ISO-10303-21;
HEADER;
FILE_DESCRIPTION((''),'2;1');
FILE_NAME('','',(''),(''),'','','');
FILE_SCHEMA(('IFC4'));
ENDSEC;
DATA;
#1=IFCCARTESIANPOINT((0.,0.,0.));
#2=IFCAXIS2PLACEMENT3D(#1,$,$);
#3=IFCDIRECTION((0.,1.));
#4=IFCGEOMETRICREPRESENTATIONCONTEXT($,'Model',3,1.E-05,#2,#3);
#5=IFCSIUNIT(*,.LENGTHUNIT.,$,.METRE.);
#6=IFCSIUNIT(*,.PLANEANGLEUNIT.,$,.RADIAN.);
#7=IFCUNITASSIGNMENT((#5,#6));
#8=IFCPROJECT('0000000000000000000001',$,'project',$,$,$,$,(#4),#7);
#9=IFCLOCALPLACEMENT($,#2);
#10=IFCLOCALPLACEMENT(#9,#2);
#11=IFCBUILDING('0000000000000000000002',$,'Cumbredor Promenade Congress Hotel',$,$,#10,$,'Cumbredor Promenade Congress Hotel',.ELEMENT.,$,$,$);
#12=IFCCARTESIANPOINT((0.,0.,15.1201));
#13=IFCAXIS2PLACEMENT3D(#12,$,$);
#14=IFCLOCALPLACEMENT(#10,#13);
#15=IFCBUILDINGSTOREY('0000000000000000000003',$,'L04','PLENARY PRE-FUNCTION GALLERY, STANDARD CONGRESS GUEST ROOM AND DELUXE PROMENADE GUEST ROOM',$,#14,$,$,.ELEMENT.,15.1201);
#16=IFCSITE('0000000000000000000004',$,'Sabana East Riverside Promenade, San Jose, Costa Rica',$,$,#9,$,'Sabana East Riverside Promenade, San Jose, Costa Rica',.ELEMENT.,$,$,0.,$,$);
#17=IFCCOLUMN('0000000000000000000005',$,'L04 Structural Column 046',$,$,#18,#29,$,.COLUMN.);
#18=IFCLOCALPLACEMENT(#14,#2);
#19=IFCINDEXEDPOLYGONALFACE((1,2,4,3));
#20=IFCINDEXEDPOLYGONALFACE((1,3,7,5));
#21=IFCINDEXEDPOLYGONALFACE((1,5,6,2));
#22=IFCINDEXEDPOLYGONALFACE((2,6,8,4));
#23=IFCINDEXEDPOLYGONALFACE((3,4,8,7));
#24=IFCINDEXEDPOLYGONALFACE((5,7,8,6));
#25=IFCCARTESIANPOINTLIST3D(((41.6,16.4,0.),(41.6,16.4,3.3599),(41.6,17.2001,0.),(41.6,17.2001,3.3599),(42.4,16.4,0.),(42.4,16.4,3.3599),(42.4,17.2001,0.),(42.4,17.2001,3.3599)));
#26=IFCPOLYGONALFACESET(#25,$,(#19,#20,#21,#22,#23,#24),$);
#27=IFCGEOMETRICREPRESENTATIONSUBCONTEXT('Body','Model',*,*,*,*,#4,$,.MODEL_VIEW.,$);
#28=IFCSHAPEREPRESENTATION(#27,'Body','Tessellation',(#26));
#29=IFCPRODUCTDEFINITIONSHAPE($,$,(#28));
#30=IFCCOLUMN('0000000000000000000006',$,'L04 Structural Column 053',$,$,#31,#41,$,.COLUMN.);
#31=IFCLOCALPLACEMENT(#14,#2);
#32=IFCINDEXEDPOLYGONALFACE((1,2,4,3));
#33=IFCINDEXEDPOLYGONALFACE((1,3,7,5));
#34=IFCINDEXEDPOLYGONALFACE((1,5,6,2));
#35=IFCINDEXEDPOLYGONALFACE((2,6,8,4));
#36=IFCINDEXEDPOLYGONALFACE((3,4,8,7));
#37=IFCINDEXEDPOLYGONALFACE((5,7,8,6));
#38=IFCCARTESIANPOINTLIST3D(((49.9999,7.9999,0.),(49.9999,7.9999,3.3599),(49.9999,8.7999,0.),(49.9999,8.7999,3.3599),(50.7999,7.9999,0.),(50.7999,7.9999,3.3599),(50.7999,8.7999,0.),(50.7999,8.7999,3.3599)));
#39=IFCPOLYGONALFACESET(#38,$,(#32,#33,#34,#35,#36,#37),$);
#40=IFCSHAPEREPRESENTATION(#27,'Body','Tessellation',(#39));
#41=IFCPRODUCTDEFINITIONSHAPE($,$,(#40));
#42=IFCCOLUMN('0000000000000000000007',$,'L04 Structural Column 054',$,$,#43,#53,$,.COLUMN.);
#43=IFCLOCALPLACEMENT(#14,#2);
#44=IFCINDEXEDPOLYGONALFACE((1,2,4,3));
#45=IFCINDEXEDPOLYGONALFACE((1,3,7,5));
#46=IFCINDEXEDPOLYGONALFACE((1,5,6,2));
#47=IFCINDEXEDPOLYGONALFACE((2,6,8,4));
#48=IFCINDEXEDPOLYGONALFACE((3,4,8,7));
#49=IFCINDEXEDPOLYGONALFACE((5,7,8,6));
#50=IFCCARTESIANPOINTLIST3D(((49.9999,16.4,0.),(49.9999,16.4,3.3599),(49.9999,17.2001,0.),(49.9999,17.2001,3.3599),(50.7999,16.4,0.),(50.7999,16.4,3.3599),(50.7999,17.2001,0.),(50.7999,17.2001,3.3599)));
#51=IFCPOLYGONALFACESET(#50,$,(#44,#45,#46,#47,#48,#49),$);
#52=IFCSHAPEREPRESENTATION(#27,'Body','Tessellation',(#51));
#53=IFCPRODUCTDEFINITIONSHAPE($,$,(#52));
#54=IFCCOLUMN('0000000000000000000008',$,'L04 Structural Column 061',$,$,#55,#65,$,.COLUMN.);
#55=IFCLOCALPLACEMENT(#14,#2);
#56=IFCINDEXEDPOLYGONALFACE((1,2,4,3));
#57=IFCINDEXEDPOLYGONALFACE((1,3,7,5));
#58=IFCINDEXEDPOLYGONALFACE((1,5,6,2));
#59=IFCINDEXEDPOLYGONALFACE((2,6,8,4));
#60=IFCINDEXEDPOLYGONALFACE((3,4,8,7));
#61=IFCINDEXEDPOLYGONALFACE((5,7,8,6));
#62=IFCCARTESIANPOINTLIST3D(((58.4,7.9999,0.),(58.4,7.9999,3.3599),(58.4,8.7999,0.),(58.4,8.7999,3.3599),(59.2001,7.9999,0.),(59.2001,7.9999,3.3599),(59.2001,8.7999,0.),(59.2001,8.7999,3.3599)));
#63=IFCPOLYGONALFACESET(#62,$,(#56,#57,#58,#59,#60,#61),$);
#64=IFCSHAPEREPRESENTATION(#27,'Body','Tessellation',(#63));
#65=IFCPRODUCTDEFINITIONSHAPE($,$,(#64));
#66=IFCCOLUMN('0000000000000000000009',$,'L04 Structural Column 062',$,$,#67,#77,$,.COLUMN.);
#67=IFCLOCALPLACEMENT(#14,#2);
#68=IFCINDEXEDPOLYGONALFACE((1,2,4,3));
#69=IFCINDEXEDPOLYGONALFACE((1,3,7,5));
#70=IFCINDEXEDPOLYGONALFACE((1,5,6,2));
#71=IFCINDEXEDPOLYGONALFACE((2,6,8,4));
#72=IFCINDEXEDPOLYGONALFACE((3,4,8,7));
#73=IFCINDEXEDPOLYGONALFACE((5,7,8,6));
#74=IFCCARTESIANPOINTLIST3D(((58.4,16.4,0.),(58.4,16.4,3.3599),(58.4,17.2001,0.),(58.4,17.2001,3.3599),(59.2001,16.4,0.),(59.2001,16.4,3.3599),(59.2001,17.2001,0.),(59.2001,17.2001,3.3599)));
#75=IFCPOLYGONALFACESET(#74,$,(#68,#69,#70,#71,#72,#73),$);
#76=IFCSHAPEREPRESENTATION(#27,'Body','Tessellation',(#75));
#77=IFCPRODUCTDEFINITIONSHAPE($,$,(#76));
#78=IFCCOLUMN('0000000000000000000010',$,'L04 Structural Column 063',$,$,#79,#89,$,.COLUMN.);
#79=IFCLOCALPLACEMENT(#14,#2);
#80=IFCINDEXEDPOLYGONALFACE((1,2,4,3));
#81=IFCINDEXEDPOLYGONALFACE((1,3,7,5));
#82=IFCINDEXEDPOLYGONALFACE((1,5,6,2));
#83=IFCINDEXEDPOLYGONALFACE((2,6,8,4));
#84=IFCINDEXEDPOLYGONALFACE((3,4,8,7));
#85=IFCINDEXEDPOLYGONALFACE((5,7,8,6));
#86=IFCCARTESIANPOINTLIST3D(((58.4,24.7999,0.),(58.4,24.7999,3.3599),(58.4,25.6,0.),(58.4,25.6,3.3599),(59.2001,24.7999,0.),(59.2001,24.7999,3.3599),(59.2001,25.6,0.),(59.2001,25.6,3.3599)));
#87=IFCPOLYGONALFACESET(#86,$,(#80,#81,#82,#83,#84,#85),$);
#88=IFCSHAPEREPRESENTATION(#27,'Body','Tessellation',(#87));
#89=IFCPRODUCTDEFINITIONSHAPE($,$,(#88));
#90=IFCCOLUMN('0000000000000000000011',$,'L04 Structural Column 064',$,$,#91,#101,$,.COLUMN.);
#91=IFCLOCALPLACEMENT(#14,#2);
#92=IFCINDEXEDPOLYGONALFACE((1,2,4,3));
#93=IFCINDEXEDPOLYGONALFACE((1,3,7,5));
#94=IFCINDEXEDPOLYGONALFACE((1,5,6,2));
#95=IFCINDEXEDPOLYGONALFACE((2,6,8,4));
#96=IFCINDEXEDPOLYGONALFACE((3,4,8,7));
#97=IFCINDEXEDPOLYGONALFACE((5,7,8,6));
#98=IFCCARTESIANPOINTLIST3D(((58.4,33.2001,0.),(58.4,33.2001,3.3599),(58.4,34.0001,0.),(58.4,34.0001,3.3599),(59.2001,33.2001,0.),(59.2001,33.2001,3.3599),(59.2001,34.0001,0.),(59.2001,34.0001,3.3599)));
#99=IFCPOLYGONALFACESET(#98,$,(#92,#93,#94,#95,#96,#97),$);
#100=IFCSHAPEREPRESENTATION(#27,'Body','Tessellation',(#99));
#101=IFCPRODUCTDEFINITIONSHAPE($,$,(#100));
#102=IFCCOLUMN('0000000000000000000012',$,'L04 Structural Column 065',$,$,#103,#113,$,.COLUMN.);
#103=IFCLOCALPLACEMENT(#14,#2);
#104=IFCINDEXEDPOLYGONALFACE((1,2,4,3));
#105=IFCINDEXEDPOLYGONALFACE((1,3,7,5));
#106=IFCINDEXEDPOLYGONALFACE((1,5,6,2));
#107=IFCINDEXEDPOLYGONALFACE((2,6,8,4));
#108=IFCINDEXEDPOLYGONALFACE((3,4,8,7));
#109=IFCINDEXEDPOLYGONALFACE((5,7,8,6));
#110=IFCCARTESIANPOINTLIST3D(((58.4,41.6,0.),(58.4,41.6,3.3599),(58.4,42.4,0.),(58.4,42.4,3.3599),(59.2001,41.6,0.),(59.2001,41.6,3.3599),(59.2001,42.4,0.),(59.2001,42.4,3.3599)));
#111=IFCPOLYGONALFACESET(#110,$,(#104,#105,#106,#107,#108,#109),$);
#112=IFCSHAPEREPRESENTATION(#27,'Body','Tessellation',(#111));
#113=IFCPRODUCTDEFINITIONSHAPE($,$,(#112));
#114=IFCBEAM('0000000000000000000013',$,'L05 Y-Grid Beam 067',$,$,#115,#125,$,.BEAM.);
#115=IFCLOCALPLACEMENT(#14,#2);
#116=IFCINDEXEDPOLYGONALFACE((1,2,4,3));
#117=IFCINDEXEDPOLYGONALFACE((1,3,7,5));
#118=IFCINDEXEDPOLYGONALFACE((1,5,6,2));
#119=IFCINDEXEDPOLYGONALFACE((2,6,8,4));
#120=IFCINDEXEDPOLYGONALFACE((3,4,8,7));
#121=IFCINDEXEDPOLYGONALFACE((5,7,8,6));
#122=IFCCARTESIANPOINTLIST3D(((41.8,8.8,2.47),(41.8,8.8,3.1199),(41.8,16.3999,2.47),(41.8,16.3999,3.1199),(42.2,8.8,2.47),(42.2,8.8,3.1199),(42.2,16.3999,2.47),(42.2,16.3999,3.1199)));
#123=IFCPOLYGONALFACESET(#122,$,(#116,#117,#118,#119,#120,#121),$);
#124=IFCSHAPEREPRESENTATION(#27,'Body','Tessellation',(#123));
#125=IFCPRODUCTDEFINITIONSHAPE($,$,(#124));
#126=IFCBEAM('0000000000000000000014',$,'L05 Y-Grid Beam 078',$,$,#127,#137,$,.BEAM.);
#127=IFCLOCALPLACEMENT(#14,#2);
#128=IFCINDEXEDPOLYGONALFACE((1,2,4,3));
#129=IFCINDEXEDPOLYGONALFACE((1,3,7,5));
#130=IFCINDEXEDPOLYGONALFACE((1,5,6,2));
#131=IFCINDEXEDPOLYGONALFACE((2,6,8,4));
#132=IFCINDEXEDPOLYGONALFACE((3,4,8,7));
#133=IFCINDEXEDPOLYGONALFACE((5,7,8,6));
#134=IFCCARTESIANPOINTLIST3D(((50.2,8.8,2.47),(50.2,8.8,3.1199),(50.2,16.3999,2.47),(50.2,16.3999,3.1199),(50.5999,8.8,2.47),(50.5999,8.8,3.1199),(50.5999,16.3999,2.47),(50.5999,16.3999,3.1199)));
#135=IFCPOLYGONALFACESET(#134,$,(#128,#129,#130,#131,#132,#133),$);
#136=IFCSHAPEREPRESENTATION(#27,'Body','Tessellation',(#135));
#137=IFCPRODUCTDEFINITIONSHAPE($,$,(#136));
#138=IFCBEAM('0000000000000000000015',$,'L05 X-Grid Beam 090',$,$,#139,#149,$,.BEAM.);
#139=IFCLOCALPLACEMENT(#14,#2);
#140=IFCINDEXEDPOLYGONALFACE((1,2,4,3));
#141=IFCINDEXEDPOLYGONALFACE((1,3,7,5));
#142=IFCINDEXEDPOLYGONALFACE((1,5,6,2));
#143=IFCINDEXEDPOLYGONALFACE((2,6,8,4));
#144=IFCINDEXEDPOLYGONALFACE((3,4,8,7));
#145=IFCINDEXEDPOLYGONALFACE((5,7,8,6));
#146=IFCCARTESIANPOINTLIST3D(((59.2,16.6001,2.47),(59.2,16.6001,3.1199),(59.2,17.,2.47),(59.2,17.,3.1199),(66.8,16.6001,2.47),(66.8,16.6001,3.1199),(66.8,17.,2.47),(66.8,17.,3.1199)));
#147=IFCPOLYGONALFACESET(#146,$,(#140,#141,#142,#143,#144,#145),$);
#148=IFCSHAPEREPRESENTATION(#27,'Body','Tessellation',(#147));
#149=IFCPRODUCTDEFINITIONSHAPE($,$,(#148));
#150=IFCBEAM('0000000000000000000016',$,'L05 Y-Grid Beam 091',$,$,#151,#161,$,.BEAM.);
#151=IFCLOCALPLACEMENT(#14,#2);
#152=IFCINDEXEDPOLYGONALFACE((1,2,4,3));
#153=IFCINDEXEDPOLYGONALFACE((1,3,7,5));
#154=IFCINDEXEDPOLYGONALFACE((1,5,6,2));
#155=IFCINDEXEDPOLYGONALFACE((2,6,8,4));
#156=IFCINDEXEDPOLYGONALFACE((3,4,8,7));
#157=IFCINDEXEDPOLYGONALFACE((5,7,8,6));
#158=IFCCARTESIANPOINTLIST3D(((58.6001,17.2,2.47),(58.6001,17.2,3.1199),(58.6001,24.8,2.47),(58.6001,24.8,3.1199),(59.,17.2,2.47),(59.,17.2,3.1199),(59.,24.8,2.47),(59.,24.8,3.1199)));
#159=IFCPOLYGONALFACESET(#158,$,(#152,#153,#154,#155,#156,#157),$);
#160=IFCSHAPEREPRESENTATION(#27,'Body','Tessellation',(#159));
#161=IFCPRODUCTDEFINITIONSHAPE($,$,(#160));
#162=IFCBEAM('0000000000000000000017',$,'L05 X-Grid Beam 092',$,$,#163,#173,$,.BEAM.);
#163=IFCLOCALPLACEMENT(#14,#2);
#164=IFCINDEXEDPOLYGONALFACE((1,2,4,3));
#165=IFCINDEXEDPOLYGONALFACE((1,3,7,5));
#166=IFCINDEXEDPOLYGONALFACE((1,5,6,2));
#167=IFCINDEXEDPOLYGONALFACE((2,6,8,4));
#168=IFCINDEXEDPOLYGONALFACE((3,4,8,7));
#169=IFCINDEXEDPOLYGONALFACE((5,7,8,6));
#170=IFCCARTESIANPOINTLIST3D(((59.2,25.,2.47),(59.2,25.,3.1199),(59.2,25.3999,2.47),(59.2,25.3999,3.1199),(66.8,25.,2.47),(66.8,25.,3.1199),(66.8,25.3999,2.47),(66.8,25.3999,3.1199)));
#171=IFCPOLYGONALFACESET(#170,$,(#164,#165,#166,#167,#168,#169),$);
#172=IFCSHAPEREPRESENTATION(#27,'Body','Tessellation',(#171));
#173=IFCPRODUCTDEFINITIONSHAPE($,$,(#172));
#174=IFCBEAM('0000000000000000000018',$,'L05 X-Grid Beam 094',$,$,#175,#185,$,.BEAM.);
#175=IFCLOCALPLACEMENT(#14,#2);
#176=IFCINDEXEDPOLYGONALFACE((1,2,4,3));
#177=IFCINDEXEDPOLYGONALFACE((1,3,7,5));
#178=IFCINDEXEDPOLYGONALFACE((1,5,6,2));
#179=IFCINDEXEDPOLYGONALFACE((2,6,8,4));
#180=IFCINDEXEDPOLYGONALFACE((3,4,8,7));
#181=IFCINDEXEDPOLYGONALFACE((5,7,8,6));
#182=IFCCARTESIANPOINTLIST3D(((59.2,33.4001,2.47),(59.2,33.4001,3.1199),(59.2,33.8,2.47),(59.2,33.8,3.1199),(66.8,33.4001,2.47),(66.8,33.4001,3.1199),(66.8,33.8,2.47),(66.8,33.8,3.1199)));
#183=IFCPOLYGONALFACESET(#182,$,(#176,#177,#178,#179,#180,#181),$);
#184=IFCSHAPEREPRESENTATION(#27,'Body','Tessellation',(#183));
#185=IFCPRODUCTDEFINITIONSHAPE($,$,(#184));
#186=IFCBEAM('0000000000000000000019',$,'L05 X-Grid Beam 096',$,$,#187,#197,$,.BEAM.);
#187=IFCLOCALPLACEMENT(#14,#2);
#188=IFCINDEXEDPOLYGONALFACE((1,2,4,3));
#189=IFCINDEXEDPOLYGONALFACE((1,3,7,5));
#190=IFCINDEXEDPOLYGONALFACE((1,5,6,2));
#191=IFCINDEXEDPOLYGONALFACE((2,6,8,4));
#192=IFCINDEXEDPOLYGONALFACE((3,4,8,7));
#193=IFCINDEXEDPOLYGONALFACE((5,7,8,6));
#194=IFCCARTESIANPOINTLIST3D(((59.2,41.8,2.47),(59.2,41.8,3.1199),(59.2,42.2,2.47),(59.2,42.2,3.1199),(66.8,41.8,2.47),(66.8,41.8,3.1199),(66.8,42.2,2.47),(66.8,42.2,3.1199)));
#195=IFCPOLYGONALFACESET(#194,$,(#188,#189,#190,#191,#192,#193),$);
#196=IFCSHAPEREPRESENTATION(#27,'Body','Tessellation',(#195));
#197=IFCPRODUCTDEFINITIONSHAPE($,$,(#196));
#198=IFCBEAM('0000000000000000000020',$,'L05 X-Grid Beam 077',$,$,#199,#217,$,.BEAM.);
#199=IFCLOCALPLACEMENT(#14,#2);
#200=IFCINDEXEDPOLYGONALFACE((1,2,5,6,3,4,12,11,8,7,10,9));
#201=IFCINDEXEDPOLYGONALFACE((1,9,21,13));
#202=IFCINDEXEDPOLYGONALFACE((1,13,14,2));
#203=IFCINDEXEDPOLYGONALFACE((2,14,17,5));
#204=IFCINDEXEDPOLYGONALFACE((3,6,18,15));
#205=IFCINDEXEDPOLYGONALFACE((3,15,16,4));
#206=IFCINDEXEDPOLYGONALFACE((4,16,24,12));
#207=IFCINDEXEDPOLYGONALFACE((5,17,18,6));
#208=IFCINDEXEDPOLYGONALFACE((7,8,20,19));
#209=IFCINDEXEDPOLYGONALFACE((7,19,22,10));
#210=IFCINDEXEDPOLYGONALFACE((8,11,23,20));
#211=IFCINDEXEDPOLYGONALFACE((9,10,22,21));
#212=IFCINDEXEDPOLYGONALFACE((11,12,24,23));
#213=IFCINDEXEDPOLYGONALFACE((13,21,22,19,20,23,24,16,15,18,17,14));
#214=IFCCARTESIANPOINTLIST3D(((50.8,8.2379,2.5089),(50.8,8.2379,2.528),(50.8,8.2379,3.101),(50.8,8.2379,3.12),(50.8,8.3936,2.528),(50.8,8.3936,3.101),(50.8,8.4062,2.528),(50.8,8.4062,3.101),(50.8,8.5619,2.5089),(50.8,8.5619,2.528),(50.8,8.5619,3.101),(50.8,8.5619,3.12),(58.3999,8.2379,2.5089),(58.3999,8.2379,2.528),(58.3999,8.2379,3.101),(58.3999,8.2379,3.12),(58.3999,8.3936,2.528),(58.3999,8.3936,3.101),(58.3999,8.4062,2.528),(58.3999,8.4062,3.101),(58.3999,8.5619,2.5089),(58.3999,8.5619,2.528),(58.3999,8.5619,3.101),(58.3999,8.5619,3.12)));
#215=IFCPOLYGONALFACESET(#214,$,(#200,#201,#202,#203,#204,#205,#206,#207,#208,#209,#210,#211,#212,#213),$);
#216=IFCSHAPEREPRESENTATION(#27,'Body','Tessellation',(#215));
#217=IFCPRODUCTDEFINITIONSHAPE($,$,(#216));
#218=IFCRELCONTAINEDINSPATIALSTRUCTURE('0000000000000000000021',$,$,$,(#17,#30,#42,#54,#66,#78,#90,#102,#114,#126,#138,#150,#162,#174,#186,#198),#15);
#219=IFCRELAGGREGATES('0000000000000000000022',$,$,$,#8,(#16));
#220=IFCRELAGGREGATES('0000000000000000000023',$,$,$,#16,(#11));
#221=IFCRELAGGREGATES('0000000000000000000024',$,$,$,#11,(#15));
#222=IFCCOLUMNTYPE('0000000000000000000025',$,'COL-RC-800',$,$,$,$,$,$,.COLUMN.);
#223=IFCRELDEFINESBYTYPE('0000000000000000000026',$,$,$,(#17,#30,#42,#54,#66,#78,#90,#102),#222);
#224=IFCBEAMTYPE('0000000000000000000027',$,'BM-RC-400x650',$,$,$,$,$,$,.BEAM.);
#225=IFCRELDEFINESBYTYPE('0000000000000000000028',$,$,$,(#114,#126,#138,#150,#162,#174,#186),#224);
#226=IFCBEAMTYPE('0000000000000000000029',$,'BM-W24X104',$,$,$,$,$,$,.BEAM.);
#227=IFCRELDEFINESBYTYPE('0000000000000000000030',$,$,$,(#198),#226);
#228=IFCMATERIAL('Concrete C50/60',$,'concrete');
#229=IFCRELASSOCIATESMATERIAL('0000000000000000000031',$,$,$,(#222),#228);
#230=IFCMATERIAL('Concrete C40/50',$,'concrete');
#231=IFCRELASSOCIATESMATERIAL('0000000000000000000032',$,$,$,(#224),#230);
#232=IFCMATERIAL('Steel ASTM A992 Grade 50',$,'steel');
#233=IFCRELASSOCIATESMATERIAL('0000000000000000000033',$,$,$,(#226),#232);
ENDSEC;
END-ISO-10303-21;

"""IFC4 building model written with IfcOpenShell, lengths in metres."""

from ifc_helpers import new_model, si_unit, direction, frame, origin, origin_2d, place, context, subcontext, project, spatial, rectangle, i_section, extrude, material, material_profile, profile_set, type_object, element, save


model = new_model("IFC4")

# Units and contexts
model_context = context("Model", 3, precision=1e-05, world=origin(), true_north=direction((0.0, 1.0)))
body_context = subcontext(model_context, "Body", "Model", "MODEL_VIEW")
ifc_project = project(units=[si_unit("LENGTHUNIT", "METRE"), si_unit("PLANEANGLEUNIT", "RADIAN")], contexts=[model_context])

# Site, building, storey
site_placement = place(None, origin())
site = spatial("IfcSite", under=ifc_project, at=site_placement, Name="Sabana East Riverside Promenade, San Jose, Costa Rica", LongName="Sabana East Riverside Promenade, San Jose, Costa Rica", CompositionType="ELEMENT", RefElevation=0.0)
building_placement = place(site_placement, origin())
building = spatial("IfcBuilding", under=site, at=building_placement, Name="Cumbredor Promenade Congress Hotel", LongName="Cumbredor Promenade Congress Hotel", CompositionType="ELEMENT")
storey_placement = place(building_placement, frame((0.0, 0.0, 15.1201)))
storey = spatial("IfcBuildingStorey", under=building, at=storey_placement, Name="L04", Description="PLENARY PRE-FUNCTION GALLERY, STANDARD CONGRESS GUEST ROOM AND DELUXE PROMENADE GUEST ROOM", CompositionType="ELEMENT", Elevation=15.1201)

# Columns
ifc_material_1 = material(Name="Concrete C50/60", Category="concrete")
ifc_material_profile_1 = material_profile(ifc_material_1, rectangle(XDim=0.8, YDim=0.8, at=origin_2d()), Name="RC 800x800")
ifc_profile_set_1 = profile_set([ifc_material_profile_1], Name="Concrete C50/60")
column_type = type_object("IfcColumnType", Name="COL-RC-800", PredefinedType="COLUMN", material=ifc_profile_set_1)
for number, where, z_axis, x_axis, name in (
    (1, (42.0, 16.8, 0.0), (0.0, 0.0, 1.0), (1.0, 0.0, 0.0), "L04 Structural Column 046"),
    (2, (50.3999, 8.3999, 0.0), (0.0, 0.0, 1.0), (1.0, 0.0, 0.0), "L04 Structural Column 053"),
    (3, (50.3999, 16.8, 0.0), (0.0, 0.0, 1.0), (1.0, 0.0, 0.0), "L04 Structural Column 054"),
    (4, (58.8, 8.3999, 0.0), (0.0, 0.0, 1.0), (1.0, 0.0, 0.0), "L04 Structural Column 061"),
    (5, (58.8, 16.8, 0.0), (0.0, 0.0, 1.0), (1.0, 0.0, 0.0), "L04 Structural Column 062"),
    (6, (58.8, 25.2, 0.0), (0.0, 0.0, 1.0), (1.0, 0.0, 0.0), "L04 Structural Column 063"),
    (7, (58.8, 33.6001, 0.0), (0.0, 0.0, 1.0), (1.0, 0.0, 0.0), "L04 Structural Column 064"),
    (8, (58.8, 42.0, 0.0), (0.0, 0.0, 1.0), (1.0, 0.0, 0.0), "L04 Structural Column 065"),
):
    element("IfcColumn", number, at=place(storey_placement, frame(where, z_axis=z_axis, x_axis=x_axis)), inside=storey, type_object=column_type, Name=name, PredefinedType="COLUMN", context=body_context, shape_type="SweptSolid", body=[
        extrude(rectangle(XDim=0.8, YDim=0.8, at=origin_2d()), origin(), (0.0, 0.0, 1.0), 3.3599),
    ])

# Beams
ifc_material_2 = material(Name="Concrete C40/50", Category="concrete")
ifc_material_profile_2 = material_profile(ifc_material_2, rectangle(XDim=0.3999, YDim=0.6499, at=origin_2d()), Name="RC BEAM 400x650")
ifc_profile_set_2 = profile_set([ifc_material_profile_2], Name="Concrete C40/50")
beam_type_1 = type_object("IfcBeamType", Name="BM-RC-400x650", PredefinedType="BEAM", material=ifc_profile_set_2)
for number, where, z_axis, x_axis, name in (
    (9, (42.0, 8.8, 2.7949), (0.0, 1.0, 0.0), (-1.0, 0.0, 0.0), "L05 Y-Grid Beam 067"),
    (10, (50.3999, 8.8, 2.7949), (0.0, 1.0, 0.0), (-1.0, 0.0, 0.0), "L05 Y-Grid Beam 078"),
):
    element("IfcBeam", number, at=place(storey_placement, frame(where, z_axis=z_axis, x_axis=x_axis)), inside=storey, type_object=beam_type_1, Name=name, PredefinedType="BEAM", context=body_context, shape_type="SweptSolid", body=[
        extrude(rectangle(XDim=0.3999, YDim=0.6499, at=origin_2d()), origin(), (0.0, 0.0, 1.0), 7.5999),
    ])
for number, where, z_axis, x_axis, name in (
    (11, (59.2, 16.8, 2.7949), (1.0, 0.0, 0.0), (0.0, 1.0, 0.0), "L05 X-Grid Beam 090"),
    (12, (58.8, 17.2, 2.7949), (0.0, 1.0, 0.0), (-1.0, 0.0, 0.0), "L05 Y-Grid Beam 091"),
    (13, (59.2, 25.2, 2.7949), (1.0, 0.0, 0.0), (0.0, 1.0, 0.0), "L05 X-Grid Beam 092"),
    (14, (59.2, 33.6001, 2.7949), (1.0, 0.0, 0.0), (0.0, 1.0, 0.0), "L05 X-Grid Beam 094"),
    (15, (59.2, 42.0, 2.7949), (1.0, 0.0, 0.0), (0.0, 1.0, 0.0), "L05 X-Grid Beam 096"),
):
    element("IfcBeam", number, at=place(storey_placement, frame(where, z_axis=z_axis, x_axis=x_axis)), inside=storey, type_object=beam_type_1, Name=name, PredefinedType="BEAM", context=body_context, shape_type="SweptSolid", body=[
        extrude(rectangle(XDim=0.3999, YDim=0.6499, at=origin_2d()), origin(), (0.0, 0.0, 1.0), 7.6001),
    ])
ifc_material_3 = material(Name="Steel ASTM A992 Grade 50", Category="steel")
ifc_material_profile_3 = material_profile(ifc_material_3, i_section(OverallWidth=0.324, OverallDepth=0.6111, WebThickness=0.0127, FlangeThickness=0.019, at=origin_2d()), Name="W24X104")
ifc_profile_set_3 = profile_set([ifc_material_profile_3], Name="Steel ASTM A992 Grade 50")
beam_type_2 = type_object("IfcBeamType", Name="BM-W24X104", PredefinedType="BEAM", material=ifc_profile_set_3)
beam_1_placement = place(storey_placement, frame((50.8, 8.3999, 2.8145), z_axis=(1.0, 0.0, 0.0), x_axis=(0.0, 1.0, 0.0)))
element("IfcBeam", 16, at=beam_1_placement, inside=storey, type_object=beam_type_2, Name="L05 X-Grid Beam 077", PredefinedType="BEAM", context=body_context, shape_type="SweptSolid", body=[
    extrude(i_section(OverallWidth=0.324, OverallDepth=0.6111, WebThickness=0.0127, FlangeThickness=0.019, at=origin_2d()), origin(), (0.0, 0.0, 1.0), 7.5999),
])

save(model, "model.ifc")
